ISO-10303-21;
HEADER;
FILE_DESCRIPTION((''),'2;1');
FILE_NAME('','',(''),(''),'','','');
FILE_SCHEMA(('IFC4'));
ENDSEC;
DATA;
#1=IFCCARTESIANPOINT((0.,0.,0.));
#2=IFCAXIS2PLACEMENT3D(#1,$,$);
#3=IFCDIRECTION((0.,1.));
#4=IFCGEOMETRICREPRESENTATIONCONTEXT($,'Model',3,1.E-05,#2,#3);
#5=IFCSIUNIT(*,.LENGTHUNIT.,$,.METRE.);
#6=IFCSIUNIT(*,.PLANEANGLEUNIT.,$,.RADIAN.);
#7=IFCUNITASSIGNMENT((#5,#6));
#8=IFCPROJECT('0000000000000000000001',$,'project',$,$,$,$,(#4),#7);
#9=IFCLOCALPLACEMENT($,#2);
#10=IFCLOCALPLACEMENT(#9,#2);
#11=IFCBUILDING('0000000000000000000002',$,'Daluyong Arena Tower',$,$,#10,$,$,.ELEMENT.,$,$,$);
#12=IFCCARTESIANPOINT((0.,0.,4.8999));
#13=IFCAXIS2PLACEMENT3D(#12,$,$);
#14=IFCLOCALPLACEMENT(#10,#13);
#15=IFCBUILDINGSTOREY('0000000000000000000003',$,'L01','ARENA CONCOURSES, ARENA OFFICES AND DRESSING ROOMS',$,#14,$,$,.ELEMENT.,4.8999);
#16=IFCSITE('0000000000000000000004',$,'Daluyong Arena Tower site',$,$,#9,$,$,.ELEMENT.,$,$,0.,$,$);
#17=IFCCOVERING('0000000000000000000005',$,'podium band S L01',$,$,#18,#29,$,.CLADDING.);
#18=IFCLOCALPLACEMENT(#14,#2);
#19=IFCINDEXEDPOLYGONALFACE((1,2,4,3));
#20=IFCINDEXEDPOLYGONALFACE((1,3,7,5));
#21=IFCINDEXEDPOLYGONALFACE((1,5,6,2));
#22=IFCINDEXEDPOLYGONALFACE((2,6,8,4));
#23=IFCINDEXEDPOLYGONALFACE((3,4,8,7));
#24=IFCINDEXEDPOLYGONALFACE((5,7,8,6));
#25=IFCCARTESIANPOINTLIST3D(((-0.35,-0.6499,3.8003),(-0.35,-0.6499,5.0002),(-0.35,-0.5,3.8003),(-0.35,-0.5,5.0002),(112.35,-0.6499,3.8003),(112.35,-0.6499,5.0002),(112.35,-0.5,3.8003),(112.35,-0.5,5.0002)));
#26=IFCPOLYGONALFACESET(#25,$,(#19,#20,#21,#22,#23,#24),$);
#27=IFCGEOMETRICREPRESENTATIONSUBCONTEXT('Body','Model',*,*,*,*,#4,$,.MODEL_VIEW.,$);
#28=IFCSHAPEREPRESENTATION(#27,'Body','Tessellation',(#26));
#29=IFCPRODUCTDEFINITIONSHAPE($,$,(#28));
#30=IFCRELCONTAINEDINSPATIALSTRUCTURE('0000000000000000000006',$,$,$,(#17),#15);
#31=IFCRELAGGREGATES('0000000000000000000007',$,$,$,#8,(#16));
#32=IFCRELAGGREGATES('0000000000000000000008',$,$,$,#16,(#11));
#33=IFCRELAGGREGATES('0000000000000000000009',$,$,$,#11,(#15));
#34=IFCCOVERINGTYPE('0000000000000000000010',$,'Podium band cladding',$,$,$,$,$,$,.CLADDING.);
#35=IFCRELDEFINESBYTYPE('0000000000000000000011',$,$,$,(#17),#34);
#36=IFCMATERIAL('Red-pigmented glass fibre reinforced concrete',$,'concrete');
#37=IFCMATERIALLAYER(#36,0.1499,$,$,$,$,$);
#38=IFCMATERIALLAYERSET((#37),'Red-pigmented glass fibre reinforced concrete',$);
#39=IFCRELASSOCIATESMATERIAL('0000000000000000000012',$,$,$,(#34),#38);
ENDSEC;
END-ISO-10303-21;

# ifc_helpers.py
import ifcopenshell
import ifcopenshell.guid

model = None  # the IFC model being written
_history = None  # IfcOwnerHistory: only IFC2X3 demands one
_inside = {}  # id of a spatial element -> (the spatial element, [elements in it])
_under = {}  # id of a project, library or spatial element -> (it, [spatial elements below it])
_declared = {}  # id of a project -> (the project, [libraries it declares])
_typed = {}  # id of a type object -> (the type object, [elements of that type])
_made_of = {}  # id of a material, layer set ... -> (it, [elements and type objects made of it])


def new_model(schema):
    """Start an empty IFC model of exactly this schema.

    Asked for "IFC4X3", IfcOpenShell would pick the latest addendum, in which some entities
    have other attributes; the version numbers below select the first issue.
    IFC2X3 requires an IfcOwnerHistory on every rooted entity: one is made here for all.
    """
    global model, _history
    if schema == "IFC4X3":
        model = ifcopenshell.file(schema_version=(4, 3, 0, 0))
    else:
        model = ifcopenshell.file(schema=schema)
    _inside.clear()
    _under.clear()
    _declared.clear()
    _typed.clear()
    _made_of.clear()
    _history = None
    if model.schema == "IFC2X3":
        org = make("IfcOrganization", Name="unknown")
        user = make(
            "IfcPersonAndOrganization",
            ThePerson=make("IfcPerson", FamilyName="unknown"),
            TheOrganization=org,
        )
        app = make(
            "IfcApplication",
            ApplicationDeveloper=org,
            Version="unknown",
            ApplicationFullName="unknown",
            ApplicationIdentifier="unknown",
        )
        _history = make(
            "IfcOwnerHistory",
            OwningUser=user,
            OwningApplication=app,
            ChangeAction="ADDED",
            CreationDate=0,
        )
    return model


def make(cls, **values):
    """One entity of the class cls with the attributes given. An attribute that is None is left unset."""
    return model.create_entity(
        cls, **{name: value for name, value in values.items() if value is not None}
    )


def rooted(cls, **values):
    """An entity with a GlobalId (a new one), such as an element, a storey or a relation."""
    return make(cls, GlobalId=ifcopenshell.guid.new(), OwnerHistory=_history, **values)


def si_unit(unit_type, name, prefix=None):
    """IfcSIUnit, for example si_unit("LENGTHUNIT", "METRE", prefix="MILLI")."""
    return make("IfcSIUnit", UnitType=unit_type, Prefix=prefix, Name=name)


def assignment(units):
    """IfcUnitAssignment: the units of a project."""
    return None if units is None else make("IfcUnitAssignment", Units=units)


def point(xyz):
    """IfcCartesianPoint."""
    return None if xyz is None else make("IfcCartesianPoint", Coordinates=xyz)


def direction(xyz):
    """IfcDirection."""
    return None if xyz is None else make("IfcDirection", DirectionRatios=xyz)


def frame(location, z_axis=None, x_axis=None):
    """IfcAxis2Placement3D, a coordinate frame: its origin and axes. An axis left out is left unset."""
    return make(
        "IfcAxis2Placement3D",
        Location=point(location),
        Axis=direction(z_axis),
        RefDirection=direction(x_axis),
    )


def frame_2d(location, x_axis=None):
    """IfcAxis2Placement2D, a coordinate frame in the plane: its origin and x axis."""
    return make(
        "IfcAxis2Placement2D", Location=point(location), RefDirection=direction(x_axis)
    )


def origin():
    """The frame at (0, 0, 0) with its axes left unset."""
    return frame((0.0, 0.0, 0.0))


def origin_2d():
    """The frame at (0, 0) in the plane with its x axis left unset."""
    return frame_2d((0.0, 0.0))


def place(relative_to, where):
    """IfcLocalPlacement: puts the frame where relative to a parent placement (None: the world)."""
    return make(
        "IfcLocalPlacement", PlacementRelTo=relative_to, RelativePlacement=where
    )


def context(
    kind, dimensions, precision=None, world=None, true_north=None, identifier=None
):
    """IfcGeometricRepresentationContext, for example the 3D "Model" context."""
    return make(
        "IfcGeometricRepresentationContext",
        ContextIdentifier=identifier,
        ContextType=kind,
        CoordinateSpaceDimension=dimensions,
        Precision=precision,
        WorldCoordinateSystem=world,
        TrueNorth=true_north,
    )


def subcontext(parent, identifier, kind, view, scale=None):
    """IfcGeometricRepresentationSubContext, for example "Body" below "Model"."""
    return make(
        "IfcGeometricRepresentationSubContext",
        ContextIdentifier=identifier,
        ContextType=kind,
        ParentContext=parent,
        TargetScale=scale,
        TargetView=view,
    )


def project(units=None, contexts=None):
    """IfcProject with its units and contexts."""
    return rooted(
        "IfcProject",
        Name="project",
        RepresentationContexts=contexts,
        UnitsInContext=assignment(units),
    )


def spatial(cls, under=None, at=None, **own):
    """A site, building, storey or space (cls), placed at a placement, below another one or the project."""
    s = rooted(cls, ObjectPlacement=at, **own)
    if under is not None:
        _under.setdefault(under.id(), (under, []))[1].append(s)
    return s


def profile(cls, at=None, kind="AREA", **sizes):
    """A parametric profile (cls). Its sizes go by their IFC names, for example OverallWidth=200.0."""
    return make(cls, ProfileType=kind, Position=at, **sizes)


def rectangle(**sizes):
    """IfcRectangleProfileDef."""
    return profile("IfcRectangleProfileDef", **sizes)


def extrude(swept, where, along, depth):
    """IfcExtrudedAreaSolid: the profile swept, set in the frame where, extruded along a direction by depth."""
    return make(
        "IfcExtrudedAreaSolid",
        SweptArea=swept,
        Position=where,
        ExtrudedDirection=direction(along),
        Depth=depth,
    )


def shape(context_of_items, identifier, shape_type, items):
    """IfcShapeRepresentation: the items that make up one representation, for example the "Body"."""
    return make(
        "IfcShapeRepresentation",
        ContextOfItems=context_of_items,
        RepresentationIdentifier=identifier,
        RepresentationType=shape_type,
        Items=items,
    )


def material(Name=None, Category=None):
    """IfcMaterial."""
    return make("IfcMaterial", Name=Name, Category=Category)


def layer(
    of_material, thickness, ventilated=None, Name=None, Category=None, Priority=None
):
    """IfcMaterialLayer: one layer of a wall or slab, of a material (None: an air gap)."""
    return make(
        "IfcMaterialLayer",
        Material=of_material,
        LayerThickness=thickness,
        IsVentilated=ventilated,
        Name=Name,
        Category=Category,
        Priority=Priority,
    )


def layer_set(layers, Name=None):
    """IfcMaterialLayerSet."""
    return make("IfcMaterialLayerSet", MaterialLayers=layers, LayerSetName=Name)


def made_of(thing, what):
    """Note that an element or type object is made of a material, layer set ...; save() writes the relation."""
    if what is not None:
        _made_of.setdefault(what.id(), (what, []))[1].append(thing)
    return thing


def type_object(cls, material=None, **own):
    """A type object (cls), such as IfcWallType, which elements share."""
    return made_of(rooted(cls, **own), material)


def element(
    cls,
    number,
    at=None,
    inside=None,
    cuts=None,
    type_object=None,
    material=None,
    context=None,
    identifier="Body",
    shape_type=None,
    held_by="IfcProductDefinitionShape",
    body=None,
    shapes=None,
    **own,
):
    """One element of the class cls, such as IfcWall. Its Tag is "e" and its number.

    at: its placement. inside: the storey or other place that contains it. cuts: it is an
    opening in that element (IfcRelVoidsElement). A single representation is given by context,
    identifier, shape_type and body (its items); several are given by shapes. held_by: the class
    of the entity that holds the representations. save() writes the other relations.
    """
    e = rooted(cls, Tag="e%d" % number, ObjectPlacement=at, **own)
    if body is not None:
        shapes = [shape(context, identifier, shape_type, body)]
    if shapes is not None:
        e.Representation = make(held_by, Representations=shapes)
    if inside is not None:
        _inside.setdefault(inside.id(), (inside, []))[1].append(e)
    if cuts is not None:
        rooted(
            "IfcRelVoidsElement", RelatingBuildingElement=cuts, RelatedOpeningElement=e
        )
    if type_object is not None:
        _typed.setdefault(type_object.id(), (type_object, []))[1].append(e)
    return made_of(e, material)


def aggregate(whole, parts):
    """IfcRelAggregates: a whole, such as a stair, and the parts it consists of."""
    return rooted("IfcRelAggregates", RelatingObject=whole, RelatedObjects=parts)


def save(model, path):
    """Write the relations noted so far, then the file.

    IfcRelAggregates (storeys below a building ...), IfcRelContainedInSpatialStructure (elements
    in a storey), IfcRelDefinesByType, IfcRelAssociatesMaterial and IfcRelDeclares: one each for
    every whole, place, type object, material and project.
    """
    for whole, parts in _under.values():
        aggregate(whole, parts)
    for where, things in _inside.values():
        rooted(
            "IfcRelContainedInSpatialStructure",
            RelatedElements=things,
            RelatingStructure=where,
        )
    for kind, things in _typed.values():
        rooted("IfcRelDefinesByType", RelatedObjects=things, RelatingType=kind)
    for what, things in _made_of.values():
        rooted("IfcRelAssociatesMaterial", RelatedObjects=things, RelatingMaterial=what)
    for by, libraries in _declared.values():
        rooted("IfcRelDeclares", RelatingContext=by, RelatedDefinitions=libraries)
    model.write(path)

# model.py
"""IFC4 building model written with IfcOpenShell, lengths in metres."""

from ifc_helpers import new_model, si_unit, direction, frame, origin, origin_2d, place, context, subcontext, project, spatial, rectangle, extrude, material, layer, layer_set, type_object, element, save


model = new_model("IFC4")

# Units and contexts
model_context = context("Model", 3, precision=1e-05, world=origin(), true_north=direction((0.0, 1.0)))
body_context = subcontext(model_context, "Body", "Model", "MODEL_VIEW")
ifc_project = project(units=[si_unit("LENGTHUNIT", "METRE"), si_unit("PLANEANGLEUNIT", "RADIAN")], contexts=[model_context])

# Site, building, storey
site_placement = place(None, origin())
site = spatial("IfcSite", under=ifc_project, at=site_placement, Name="Daluyong Arena Tower site", CompositionType="ELEMENT", RefElevation=0.0)
building_placement = place(site_placement, origin())
building = spatial("IfcBuilding", under=site, at=building_placement, Name="Daluyong Arena Tower", CompositionType="ELEMENT")
storey_placement = place(building_placement, frame((0.0, 0.0, 4.8999)))
storey = spatial("IfcBuildingStorey", under=building, at=storey_placement, Name="L01", Description="ARENA CONCOURSES, ARENA OFFICES AND DRESSING ROOMS", CompositionType="ELEMENT", Elevation=4.8999)

# Covering
ifc_material_1 = material(Name="Red-pigmented glass fibre reinforced concrete", Category="concrete")
ifc_layer_1 = layer(ifc_material_1, 0.1499)
ifc_layer_set_1 = layer_set([ifc_layer_1], Name="Red-pigmented glass fibre reinforced concrete")
covering_type = type_object("IfcCoveringType", Name="Podium band cladding", PredefinedType="CLADDING", material=ifc_layer_set_1)
covering_placement = place(storey_placement, frame((56.0, -0.575, 3.8003), z_axis=(0.0, 0.0, 1.0), x_axis=(1.0, 0.0, 0.0)))
element("IfcCovering", 1, at=covering_placement, inside=storey, type_object=covering_type, Name="podium band S L01", PredefinedType="CLADDING", context=body_context, shape_type="SweptSolid", body=[
    extrude(rectangle(XDim=112.7, YDim=0.1499, at=origin_2d()), origin(), (0.0, 0.0, 1.0), 1.2),
])

save(model, "model.ifc")
